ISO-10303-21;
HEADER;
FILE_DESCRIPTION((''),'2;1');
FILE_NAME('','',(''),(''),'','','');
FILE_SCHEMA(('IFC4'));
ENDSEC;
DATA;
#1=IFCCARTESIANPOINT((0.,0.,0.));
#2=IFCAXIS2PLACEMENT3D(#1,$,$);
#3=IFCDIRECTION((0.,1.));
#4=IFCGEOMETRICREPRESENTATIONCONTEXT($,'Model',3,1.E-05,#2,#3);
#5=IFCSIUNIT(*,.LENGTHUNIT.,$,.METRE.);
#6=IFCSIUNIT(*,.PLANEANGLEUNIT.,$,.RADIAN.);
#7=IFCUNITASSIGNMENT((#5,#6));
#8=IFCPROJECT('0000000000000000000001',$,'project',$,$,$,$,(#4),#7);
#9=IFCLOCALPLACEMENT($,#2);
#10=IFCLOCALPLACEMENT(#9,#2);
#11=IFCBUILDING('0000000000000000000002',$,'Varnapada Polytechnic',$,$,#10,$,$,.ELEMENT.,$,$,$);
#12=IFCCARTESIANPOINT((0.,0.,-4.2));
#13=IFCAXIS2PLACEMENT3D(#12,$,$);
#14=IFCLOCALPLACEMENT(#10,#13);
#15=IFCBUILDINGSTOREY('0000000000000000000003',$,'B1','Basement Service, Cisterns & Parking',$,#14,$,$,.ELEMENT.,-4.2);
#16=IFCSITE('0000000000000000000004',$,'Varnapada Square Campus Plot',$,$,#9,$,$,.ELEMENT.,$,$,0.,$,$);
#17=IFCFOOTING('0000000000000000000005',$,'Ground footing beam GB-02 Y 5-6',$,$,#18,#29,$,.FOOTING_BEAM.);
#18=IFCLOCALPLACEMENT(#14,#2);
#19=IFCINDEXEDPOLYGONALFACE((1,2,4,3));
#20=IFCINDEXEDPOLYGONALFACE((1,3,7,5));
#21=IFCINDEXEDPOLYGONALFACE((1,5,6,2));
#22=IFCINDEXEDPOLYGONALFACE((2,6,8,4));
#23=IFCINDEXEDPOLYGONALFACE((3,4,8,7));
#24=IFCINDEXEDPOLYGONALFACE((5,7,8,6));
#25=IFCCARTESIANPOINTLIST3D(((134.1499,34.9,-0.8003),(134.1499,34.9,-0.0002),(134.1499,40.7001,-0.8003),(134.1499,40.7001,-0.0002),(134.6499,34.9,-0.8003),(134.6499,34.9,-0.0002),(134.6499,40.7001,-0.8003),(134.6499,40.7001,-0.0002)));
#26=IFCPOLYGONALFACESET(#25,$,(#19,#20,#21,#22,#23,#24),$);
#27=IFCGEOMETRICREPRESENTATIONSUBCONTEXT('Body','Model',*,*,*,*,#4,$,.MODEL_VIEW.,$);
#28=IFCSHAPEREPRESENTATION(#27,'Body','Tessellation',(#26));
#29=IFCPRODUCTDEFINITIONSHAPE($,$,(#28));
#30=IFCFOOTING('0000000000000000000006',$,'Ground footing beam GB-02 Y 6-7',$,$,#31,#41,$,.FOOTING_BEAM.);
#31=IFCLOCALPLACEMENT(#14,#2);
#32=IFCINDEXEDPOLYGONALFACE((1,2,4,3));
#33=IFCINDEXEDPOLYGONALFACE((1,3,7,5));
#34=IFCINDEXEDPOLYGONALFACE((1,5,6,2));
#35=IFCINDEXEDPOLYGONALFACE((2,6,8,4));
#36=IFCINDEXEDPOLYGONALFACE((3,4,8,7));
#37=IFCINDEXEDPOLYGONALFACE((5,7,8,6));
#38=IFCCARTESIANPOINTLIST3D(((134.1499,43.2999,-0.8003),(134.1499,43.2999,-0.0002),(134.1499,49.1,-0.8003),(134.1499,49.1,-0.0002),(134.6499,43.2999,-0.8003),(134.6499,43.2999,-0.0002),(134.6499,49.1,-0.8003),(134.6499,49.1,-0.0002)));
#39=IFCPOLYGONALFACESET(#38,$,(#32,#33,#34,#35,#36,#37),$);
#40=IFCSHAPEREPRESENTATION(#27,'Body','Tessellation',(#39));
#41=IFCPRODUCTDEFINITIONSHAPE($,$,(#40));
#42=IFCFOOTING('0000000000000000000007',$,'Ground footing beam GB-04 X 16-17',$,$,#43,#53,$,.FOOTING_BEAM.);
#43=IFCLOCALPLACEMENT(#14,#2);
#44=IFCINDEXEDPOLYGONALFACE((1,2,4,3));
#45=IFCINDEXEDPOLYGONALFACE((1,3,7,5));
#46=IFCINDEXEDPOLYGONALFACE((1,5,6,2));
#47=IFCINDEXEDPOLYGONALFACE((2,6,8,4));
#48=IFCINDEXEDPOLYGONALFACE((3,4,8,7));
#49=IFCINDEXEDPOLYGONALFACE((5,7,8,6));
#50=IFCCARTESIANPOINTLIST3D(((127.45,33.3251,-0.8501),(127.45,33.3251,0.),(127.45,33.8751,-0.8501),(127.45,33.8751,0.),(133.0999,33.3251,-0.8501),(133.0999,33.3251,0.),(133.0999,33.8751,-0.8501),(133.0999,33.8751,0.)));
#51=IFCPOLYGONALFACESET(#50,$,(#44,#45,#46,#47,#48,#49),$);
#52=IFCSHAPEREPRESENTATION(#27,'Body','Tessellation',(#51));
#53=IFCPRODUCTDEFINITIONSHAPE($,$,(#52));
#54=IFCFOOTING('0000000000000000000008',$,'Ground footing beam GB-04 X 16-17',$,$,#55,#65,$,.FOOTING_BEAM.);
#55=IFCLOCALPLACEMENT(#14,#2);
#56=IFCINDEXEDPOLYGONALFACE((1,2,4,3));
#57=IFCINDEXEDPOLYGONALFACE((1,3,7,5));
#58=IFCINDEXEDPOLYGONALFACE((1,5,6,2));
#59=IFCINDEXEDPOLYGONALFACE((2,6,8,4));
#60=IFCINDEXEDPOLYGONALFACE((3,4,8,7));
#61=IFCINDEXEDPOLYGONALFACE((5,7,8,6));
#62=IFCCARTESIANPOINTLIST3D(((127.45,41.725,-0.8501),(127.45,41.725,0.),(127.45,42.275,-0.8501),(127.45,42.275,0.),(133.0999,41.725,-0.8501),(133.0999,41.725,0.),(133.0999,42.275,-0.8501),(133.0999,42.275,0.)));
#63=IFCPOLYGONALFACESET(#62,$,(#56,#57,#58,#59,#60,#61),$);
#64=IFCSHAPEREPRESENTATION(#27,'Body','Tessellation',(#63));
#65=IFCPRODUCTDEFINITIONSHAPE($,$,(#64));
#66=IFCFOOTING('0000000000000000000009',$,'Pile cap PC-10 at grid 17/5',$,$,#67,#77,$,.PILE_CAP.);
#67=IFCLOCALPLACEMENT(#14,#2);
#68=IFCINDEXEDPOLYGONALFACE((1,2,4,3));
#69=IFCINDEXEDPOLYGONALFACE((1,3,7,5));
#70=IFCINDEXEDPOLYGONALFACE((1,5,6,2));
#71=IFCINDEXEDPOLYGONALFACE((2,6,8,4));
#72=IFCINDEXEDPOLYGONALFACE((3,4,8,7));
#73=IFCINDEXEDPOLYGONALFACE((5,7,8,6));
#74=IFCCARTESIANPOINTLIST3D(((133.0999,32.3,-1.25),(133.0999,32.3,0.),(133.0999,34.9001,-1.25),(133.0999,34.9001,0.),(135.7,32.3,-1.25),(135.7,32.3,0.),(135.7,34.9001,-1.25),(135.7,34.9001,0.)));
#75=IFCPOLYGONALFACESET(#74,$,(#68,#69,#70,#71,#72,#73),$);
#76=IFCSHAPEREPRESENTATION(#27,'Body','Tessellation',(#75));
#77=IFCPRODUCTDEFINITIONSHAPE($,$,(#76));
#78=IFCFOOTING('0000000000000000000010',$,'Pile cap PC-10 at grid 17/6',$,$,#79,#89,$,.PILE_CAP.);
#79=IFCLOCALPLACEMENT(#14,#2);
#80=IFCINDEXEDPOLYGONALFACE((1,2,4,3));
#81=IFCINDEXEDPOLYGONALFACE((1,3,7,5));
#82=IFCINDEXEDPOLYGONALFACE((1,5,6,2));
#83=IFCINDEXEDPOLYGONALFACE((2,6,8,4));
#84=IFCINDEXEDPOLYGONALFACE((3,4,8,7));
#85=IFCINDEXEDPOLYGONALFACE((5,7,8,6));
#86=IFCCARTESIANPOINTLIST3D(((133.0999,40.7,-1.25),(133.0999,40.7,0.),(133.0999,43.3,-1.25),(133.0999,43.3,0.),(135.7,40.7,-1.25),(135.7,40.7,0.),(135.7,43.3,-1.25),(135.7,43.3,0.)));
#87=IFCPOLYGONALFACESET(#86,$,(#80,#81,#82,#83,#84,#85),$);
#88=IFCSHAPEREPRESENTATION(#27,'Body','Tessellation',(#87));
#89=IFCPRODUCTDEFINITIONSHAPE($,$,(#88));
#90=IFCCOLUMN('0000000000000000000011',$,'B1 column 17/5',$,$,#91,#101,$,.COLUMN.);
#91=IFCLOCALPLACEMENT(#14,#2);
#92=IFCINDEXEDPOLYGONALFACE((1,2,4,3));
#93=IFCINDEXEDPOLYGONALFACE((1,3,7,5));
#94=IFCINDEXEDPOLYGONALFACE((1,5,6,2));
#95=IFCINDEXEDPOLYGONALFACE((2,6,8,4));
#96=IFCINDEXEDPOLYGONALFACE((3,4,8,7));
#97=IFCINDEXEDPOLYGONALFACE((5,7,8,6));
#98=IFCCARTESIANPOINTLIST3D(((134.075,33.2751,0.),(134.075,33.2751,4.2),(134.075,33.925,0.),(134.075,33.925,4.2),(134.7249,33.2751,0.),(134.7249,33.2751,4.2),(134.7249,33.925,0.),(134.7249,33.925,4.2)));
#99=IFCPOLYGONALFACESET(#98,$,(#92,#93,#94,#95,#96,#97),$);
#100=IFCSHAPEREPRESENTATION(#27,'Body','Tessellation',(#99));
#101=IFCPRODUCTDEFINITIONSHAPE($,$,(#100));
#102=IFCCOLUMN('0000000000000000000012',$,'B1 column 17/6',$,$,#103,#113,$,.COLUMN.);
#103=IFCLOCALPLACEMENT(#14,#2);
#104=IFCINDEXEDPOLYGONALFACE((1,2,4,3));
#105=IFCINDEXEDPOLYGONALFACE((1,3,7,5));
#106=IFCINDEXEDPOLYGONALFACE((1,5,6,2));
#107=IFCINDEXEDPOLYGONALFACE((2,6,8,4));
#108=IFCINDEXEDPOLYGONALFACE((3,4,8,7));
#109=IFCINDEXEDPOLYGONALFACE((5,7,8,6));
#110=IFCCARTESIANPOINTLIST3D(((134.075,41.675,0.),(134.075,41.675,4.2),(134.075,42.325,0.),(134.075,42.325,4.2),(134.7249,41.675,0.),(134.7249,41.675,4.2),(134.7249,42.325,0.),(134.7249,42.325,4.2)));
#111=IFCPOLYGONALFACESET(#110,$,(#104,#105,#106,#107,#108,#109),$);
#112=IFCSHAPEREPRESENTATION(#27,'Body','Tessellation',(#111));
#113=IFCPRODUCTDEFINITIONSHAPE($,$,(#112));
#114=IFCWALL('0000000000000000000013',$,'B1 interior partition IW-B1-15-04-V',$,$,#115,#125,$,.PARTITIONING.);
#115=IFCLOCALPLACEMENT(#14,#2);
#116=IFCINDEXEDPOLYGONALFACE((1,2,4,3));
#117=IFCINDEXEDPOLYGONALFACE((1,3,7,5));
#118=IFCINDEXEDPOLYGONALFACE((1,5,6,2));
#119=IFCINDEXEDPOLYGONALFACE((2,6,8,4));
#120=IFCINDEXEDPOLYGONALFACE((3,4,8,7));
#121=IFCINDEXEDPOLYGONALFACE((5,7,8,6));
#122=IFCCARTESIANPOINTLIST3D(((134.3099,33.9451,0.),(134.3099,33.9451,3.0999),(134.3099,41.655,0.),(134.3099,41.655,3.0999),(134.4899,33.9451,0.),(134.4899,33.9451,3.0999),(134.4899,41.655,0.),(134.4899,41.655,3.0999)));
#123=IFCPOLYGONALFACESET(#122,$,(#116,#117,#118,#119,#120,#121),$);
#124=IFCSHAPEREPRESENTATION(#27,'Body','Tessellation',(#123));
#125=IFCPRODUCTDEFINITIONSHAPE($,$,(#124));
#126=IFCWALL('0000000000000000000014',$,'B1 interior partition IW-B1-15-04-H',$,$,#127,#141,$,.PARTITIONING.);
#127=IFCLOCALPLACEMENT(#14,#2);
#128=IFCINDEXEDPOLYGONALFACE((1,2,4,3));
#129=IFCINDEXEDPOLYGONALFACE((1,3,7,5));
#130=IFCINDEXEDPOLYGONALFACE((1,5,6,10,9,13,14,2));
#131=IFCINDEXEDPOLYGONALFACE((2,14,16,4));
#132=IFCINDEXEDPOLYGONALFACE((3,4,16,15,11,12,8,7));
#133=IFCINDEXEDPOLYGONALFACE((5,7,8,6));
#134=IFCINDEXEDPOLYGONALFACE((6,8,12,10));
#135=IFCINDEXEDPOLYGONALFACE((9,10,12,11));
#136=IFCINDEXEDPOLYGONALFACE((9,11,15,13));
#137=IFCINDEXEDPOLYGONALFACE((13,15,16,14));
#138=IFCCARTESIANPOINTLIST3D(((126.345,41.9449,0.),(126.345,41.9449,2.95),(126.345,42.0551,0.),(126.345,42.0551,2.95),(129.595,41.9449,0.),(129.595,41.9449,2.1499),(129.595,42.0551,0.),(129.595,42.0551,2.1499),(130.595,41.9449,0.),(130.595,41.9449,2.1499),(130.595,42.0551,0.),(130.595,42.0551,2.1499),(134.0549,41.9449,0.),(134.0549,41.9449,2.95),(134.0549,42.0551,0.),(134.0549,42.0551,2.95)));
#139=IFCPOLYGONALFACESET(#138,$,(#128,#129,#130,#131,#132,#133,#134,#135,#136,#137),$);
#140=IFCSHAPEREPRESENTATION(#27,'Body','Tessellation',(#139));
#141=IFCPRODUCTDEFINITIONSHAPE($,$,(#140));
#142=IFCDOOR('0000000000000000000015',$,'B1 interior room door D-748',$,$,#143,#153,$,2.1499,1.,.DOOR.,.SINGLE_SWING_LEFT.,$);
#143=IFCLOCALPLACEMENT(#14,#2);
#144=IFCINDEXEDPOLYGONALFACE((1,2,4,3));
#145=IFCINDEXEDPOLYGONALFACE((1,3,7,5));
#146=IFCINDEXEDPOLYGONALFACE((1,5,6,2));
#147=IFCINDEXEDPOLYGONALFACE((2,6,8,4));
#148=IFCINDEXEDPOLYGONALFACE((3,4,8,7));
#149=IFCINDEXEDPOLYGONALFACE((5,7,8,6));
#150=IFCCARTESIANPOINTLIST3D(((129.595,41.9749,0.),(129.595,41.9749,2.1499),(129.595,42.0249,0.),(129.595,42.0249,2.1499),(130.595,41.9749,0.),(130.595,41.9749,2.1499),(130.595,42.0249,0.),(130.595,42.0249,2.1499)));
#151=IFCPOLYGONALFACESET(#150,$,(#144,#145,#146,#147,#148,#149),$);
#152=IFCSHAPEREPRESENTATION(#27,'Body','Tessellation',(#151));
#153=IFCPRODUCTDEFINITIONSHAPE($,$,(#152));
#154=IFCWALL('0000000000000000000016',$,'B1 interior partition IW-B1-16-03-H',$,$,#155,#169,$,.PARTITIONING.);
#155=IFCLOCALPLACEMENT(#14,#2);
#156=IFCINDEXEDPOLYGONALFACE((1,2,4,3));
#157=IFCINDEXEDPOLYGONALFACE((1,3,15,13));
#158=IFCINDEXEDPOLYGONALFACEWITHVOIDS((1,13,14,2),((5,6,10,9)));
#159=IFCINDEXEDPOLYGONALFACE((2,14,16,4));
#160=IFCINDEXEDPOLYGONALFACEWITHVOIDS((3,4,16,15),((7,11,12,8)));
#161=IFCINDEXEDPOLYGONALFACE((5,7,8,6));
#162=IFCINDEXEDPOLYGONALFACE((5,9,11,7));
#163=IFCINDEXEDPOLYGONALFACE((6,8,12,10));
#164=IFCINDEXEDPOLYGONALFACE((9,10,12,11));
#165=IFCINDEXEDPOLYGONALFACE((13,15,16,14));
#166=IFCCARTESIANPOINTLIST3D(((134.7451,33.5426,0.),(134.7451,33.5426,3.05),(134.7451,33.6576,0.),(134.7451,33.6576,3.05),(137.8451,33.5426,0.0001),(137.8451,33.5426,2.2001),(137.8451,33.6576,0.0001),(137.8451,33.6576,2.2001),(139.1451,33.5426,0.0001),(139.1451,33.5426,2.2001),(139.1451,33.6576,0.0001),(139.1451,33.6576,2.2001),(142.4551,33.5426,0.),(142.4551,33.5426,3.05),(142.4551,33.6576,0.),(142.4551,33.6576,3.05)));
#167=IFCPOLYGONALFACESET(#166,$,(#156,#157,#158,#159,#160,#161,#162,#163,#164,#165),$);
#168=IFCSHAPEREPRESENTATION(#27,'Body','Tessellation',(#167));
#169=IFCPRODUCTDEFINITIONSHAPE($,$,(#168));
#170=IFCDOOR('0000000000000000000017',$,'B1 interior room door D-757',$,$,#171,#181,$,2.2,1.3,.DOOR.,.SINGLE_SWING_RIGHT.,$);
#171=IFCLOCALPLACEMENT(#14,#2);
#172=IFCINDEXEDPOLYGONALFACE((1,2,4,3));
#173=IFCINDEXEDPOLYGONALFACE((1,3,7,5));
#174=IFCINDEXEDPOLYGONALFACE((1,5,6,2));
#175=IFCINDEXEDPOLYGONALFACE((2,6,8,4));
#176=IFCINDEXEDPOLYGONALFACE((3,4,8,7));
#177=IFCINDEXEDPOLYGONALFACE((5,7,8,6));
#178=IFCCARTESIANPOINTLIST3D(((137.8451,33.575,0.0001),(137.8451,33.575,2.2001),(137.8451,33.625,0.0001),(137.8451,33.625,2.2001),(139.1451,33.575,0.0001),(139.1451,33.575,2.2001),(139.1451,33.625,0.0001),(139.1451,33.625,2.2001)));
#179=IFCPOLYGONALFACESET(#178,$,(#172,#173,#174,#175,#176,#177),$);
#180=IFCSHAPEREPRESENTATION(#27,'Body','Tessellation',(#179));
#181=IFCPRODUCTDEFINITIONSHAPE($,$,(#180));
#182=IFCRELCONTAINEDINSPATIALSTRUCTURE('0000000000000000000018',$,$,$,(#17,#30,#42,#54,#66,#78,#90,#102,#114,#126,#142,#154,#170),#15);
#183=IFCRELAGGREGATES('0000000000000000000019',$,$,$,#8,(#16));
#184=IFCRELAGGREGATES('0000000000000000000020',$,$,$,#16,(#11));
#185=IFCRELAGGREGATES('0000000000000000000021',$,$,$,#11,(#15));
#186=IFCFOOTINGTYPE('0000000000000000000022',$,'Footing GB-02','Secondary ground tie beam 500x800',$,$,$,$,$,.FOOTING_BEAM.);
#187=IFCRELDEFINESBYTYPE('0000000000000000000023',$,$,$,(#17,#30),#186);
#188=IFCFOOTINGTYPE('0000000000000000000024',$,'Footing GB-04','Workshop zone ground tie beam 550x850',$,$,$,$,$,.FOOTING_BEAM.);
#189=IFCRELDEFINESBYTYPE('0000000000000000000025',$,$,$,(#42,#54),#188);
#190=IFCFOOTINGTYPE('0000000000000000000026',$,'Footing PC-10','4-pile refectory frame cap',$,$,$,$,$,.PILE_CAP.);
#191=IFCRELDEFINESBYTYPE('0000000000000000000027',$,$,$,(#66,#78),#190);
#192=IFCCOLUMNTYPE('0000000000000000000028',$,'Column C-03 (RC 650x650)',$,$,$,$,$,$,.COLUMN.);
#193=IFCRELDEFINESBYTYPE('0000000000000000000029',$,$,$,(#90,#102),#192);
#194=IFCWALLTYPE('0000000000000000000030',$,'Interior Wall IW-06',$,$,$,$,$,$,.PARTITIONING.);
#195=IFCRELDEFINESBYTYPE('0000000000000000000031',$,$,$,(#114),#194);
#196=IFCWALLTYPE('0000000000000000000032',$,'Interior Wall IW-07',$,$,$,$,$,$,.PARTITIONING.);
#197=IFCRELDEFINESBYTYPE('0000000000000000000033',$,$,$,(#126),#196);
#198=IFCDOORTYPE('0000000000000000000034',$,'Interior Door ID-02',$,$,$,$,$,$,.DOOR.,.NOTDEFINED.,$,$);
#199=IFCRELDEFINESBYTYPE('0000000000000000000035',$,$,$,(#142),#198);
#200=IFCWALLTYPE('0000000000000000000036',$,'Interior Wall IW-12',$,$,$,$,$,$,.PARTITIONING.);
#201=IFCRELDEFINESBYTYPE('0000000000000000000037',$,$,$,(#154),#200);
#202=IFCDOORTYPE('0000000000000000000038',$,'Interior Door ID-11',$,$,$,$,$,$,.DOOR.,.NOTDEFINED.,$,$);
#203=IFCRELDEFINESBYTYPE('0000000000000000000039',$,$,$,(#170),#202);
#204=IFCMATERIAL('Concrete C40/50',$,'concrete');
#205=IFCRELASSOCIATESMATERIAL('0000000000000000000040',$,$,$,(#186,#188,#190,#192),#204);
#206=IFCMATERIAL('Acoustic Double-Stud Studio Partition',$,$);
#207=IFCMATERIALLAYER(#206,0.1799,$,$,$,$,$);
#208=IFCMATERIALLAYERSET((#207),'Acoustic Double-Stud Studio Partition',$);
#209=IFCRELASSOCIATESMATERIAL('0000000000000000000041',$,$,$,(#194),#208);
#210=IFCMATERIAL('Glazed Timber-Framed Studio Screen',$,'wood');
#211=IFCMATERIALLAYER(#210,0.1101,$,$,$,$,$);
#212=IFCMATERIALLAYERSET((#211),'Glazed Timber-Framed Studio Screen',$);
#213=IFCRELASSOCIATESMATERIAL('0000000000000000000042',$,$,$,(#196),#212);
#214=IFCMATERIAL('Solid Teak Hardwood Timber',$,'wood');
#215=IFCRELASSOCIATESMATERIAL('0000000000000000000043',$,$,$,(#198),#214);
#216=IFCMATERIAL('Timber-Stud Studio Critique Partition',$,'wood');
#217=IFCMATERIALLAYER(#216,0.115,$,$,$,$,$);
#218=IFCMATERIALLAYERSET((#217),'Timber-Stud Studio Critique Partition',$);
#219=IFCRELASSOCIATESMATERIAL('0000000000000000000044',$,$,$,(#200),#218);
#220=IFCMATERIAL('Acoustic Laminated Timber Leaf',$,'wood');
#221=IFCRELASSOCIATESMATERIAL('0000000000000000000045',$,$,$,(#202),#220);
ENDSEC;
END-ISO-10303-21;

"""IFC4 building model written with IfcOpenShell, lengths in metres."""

from ifc_helpers import new_model, si_unit, direction, frame, frame_2d, origin, origin_2d, place, context, subcontext, project, spatial, rectangle, extrude, material, layer, layer_set, material_profile, profile_set, type_object, element, fill, save


model = new_model("IFC4")

# Units and contexts
model_context = context("Model", 3, precision=1e-05, world=origin(), true_north=direction((0.0, 1.0)))
body_context = subcontext(model_context, "Body", "Model", "MODEL_VIEW")
ifc_project = project(units=[si_unit("LENGTHUNIT", "METRE"), si_unit("PLANEANGLEUNIT", "RADIAN")], contexts=[model_context])

# Site, building, storey
site_placement = place(None, origin())
site = spatial("IfcSite", under=ifc_project, at=site_placement, Name="Varnapada Square Campus Plot", CompositionType="ELEMENT", RefElevation=0.0)
building_placement = place(site_placement, origin())
building = spatial("IfcBuilding", under=site, at=building_placement, Name="Varnapada Polytechnic", CompositionType="ELEMENT")
storey_placement = place(building_placement, frame((0.0, 0.0, -4.2)))
storey = spatial("IfcBuildingStorey", under=building, at=storey_placement, Name="B1", Description="Basement Service, Cisterns & Parking", CompositionType="ELEMENT", Elevation=-4.2)

# Shared definitions
ifc_material_1 = material(Name="Concrete C40/50", Category="concrete")

# Footings
footing_type_1 = type_object("IfcFootingType", Name="Footing GB-02", Description="Secondary ground tie beam 500x800", PredefinedType="FOOTING_BEAM", material=ifc_material_1)
for number, where, z_axis, x_axis, name in (
    (1, (134.3999, 37.8, -0.8003), (0.0, 0.0, 1.0), (0.0, 1.0, 0.0), "Ground footing beam GB-02 Y 5-6"),
    (2, (134.3999, 46.2, -0.8003), (0.0, 0.0, 1.0), (0.0, 1.0, 0.0), "Ground footing beam GB-02 Y 6-7"),
):
    element("IfcFooting", number, at=place(storey_placement, frame(where, z_axis=z_axis, x_axis=x_axis)), inside=storey, type_object=footing_type_1, Name=name, PredefinedType="FOOTING_BEAM", context=body_context, shape_type="SweptSolid", body=[
        extrude(rectangle(XDim=5.8, YDim=0.5, at=origin_2d()), origin(), (0.0, 0.0, 1.0), 0.8),
    ])
footing_type_2 = type_object("IfcFootingType", Name="Footing GB-04", Description="Workshop zone ground tie beam 550x850", PredefinedType="FOOTING_BEAM", material=ifc_material_1)
for number, where, z_axis, x_axis, name in (
    (3, (130.2749, 33.6001, -0.8501), (0.0, 0.0, 1.0), (1.0, 0.0, 0.0), "Ground footing beam GB-04 X 16-17"),
    (4, (130.2749, 42.0, -0.8501), (0.0, 0.0, 1.0), (1.0, 0.0, 0.0), "Ground footing beam GB-04 X 16-17"),
):
    element("IfcFooting", number, at=place(storey_placement, frame(where, z_axis=z_axis, x_axis=x_axis)), inside=storey, type_object=footing_type_2, Name=name, PredefinedType="FOOTING_BEAM", context=body_context, shape_type="SweptSolid", body=[
        extrude(rectangle(XDim=5.6499, YDim=0.55, at=origin_2d()), origin(), (0.0, 0.0, 1.0), 0.8501),
    ])
footing_type_3 = type_object("IfcFootingType", Name="Footing PC-10", Description="4-pile refectory frame cap", PredefinedType="PILE_CAP", material=ifc_material_1)
for number, where, z_axis, x_axis, name in (
    (5, (134.3999, 33.6001, -1.25), (0.0, 0.0, 1.0), (1.0, 0.0, 0.0), "Pile cap PC-10 at grid 17/5"),
    (6, (134.3999, 42.0, -1.25), (0.0, 0.0, 1.0), (1.0, 0.0, 0.0), "Pile cap PC-10 at grid 17/6"),
):
    element("IfcFooting", number, at=place(storey_placement, frame(where, z_axis=z_axis, x_axis=x_axis)), inside=storey, type_object=footing_type_3, Name=name, PredefinedType="PILE_CAP", context=body_context, shape_type="SweptSolid", body=[
        extrude(rectangle(XDim=2.6001, YDim=2.6001, at=origin_2d()), origin(), (0.0, 0.0, 1.0), 1.25),
    ])

# Columns
ifc_material_profile_1 = material_profile(ifc_material_1, rectangle(XDim=0.6499, YDim=0.6499, at=origin_2d()), Name="RC 650x650")
ifc_profile_set_1 = profile_set([ifc_material_profile_1], Name="Concrete C40/50")
column_type = type_object("IfcColumnType", Name="Column C-03 (RC 650x650)", PredefinedType="COLUMN", material=ifc_profile_set_1)
for number, where, z_axis, x_axis, name in (
    (7, (134.3999, 33.6001, 0.0), (0.0, 0.0, 1.0), (1.0, 0.0, 0.0), "B1 column 17/5"),
    (8, (134.3999, 42.0, 0.0), (0.0, 0.0, 1.0), (1.0, 0.0, 0.0), "B1 column 17/6"),
):
    element("IfcColumn", number, at=place(storey_placement, frame(where, z_axis=z_axis, x_axis=x_axis)), inside=storey, type_object=column_type, Name=name, PredefinedType="COLUMN", context=body_context, shape_type="SweptSolid", body=[
        extrude(rectangle(XDim=0.6499, YDim=0.6499, at=origin_2d()), origin(), (0.0, 0.0, 1.0), 4.2),
    ])

# Wall
ifc_material_2 = material(Name="Acoustic Double-Stud Studio Partition")
ifc_layer_1 = layer(ifc_material_2, 0.1799)
ifc_layer_set_1 = layer_set([ifc_layer_1], Name="Acoustic Double-Stud Studio Partition")
wall_type_1 = type_object("IfcWallType", Name="Interior Wall IW-06", PredefinedType="PARTITIONING", material=ifc_layer_set_1)
wall_1_placement = place(storey_placement, frame((134.3999, 33.9451, 0.0), z_axis=(0.0, 0.0, 1.0), x_axis=(0.0, 1.0, 0.0)))
element("IfcWall", 9, at=wall_1_placement, inside=storey, type_object=wall_type_1, Name="B1 interior partition IW-B1-15-04-V", PredefinedType="PARTITIONING", context=body_context, shape_type="SweptSolid", body=[
    extrude(rectangle(XDim=7.71, YDim=0.1799, at=frame_2d((3.855, 0.0))), origin(), (0.0, 0.0, 1.0), 3.0999),
])

# Walls, openings, doors
ifc_material_3 = material(Name="Glazed Timber-Framed Studio Screen", Category="wood")
ifc_layer_2 = layer(ifc_material_3, 0.1101)
ifc_layer_set_2 = layer_set([ifc_layer_2], Name="Glazed Timber-Framed Studio Screen")
wall_type_2 = type_object("IfcWallType", Name="Interior Wall IW-07", PredefinedType="PARTITIONING", material=ifc_layer_set_2)
wall_2_placement = place(storey_placement, frame((126.345, 42.0, 0.0), z_axis=(0.0, 0.0, 1.0), x_axis=(1.0, 0.0, 0.0)))
wall_2 = element("IfcWall", 10, at=wall_2_placement, inside=storey, type_object=wall_type_2, Name="B1 interior partition IW-B1-15-04-H", PredefinedType="PARTITIONING", context=body_context, shape_type="SweptSolid", body=[
    extrude(rectangle(XDim=7.71, YDim=0.1101, at=frame_2d((3.855, 0.0))), origin(), (0.0, 0.0, 1.0), 2.95),
])
opening_1_placement = place(wall_2_placement, frame((3.25, 0.0, 0.0)))
opening_1 = element("IfcOpeningElement", 11, at=opening_1_placement, cuts=wall_2, PredefinedType="OPENING", context=body_context, shape_type="SweptSolid", body=[
    extrude(rectangle(XDim=1.0, YDim=2.1499, at=frame_2d((0.5, 1.075))), frame((0.0, 0.0649, 0.0), z_axis=(0.0, -1.0, 0.0), x_axis=(1.0, 0.0, 0.0)), (0.0, 0.0, 1.0), 0.1301),
])
ifc_material_4 = material(Name="Solid Teak Hardwood Timber", Category="wood")
door_type_1 = type_object("IfcDoorType", Name="Interior Door ID-02", OperationType="NOTDEFINED", PredefinedType="DOOR", material=ifc_material_4)
door_1_placement = place(opening_1_placement, origin())
door_1 = element("IfcDoor", 12, at=door_1_placement, inside=storey, type_object=door_type_1, Name="B1 interior room door D-748", OperationType="SINGLE_SWING_LEFT", OverallHeight=2.1499, OverallWidth=1.0, PredefinedType="DOOR", context=body_context, shape_type="SweptSolid", body=[
    extrude(rectangle(XDim=1.0, YDim=2.1499, at=frame_2d((0.5, 1.075))), frame((0.0, 0.0249, 0.0), z_axis=(0.0, -1.0, 0.0), x_axis=(1.0, 0.0, 0.0)), (0.0, 0.0, 1.0), 0.05),
])
fill(opening_1, door_1)
ifc_material_5 = material(Name="Timber-Stud Studio Critique Partition", Category="wood")
ifc_layer_3 = layer(ifc_material_5, 0.115)
ifc_layer_set_3 = layer_set([ifc_layer_3], Name="Timber-Stud Studio Critique Partition")
wall_type_3 = type_object("IfcWallType", Name="Interior Wall IW-12", PredefinedType="PARTITIONING", material=ifc_layer_set_3)
wall_3_placement = place(storey_placement, frame((134.7451, 33.6001, 0.0), z_axis=(0.0, 0.0, 1.0), x_axis=(1.0, 0.0, 0.0)))
wall_3 = element("IfcWall", 13, at=wall_3_placement, inside=storey, type_object=wall_type_3, Name="B1 interior partition IW-B1-16-03-H", PredefinedType="PARTITIONING", context=body_context, shape_type="SweptSolid", body=[
    extrude(rectangle(XDim=7.71, YDim=0.115, at=frame_2d((3.855, 0.0))), origin(), (0.0, 0.0, 1.0), 3.05),
])
opening_2_placement = place(wall_3_placement, frame((3.1001, 0.0, 0.0)))
opening_2 = element("IfcOpeningElement", 14, at=opening_2_placement, cuts=wall_3, PredefinedType="OPENING", context=body_context, shape_type="SweptSolid", body=[
    extrude(rectangle(XDim=1.3, YDim=2.2, at=frame_2d((0.6499, 1.1001))), frame((0.0, 0.0674, 0.0), z_axis=(0.0, -1.0, 0.0), x_axis=(1.0, 0.0, 0.0)), (0.0, 0.0, 1.0), 0.135),
])
ifc_material_6 = material(Name="Acoustic Laminated Timber Leaf", Category="wood")
door_type_2 = type_object("IfcDoorType", Name="Interior Door ID-11", OperationType="NOTDEFINED", PredefinedType="DOOR", material=ifc_material_6)
door_2_placement = place(opening_2_placement, origin())
door_2 = element("IfcDoor", 15, at=door_2_placement, inside=storey, type_object=door_type_2, Name="B1 interior room door D-757", OperationType="SINGLE_SWING_RIGHT", OverallHeight=2.2, OverallWidth=1.3, PredefinedType="DOOR", context=body_context, shape_type="SweptSolid", body=[
    extrude(rectangle(XDim=1.3, YDim=2.2, at=frame_2d((0.6499, 1.1001))), frame((0.0, 0.0249, 0.0), z_axis=(0.0, -1.0, 0.0), x_axis=(1.0, 0.0, 0.0)), (0.0, 0.0, 1.0), 0.05),
])
fill(opening_2, door_2)

save(model, "model.ifc")
